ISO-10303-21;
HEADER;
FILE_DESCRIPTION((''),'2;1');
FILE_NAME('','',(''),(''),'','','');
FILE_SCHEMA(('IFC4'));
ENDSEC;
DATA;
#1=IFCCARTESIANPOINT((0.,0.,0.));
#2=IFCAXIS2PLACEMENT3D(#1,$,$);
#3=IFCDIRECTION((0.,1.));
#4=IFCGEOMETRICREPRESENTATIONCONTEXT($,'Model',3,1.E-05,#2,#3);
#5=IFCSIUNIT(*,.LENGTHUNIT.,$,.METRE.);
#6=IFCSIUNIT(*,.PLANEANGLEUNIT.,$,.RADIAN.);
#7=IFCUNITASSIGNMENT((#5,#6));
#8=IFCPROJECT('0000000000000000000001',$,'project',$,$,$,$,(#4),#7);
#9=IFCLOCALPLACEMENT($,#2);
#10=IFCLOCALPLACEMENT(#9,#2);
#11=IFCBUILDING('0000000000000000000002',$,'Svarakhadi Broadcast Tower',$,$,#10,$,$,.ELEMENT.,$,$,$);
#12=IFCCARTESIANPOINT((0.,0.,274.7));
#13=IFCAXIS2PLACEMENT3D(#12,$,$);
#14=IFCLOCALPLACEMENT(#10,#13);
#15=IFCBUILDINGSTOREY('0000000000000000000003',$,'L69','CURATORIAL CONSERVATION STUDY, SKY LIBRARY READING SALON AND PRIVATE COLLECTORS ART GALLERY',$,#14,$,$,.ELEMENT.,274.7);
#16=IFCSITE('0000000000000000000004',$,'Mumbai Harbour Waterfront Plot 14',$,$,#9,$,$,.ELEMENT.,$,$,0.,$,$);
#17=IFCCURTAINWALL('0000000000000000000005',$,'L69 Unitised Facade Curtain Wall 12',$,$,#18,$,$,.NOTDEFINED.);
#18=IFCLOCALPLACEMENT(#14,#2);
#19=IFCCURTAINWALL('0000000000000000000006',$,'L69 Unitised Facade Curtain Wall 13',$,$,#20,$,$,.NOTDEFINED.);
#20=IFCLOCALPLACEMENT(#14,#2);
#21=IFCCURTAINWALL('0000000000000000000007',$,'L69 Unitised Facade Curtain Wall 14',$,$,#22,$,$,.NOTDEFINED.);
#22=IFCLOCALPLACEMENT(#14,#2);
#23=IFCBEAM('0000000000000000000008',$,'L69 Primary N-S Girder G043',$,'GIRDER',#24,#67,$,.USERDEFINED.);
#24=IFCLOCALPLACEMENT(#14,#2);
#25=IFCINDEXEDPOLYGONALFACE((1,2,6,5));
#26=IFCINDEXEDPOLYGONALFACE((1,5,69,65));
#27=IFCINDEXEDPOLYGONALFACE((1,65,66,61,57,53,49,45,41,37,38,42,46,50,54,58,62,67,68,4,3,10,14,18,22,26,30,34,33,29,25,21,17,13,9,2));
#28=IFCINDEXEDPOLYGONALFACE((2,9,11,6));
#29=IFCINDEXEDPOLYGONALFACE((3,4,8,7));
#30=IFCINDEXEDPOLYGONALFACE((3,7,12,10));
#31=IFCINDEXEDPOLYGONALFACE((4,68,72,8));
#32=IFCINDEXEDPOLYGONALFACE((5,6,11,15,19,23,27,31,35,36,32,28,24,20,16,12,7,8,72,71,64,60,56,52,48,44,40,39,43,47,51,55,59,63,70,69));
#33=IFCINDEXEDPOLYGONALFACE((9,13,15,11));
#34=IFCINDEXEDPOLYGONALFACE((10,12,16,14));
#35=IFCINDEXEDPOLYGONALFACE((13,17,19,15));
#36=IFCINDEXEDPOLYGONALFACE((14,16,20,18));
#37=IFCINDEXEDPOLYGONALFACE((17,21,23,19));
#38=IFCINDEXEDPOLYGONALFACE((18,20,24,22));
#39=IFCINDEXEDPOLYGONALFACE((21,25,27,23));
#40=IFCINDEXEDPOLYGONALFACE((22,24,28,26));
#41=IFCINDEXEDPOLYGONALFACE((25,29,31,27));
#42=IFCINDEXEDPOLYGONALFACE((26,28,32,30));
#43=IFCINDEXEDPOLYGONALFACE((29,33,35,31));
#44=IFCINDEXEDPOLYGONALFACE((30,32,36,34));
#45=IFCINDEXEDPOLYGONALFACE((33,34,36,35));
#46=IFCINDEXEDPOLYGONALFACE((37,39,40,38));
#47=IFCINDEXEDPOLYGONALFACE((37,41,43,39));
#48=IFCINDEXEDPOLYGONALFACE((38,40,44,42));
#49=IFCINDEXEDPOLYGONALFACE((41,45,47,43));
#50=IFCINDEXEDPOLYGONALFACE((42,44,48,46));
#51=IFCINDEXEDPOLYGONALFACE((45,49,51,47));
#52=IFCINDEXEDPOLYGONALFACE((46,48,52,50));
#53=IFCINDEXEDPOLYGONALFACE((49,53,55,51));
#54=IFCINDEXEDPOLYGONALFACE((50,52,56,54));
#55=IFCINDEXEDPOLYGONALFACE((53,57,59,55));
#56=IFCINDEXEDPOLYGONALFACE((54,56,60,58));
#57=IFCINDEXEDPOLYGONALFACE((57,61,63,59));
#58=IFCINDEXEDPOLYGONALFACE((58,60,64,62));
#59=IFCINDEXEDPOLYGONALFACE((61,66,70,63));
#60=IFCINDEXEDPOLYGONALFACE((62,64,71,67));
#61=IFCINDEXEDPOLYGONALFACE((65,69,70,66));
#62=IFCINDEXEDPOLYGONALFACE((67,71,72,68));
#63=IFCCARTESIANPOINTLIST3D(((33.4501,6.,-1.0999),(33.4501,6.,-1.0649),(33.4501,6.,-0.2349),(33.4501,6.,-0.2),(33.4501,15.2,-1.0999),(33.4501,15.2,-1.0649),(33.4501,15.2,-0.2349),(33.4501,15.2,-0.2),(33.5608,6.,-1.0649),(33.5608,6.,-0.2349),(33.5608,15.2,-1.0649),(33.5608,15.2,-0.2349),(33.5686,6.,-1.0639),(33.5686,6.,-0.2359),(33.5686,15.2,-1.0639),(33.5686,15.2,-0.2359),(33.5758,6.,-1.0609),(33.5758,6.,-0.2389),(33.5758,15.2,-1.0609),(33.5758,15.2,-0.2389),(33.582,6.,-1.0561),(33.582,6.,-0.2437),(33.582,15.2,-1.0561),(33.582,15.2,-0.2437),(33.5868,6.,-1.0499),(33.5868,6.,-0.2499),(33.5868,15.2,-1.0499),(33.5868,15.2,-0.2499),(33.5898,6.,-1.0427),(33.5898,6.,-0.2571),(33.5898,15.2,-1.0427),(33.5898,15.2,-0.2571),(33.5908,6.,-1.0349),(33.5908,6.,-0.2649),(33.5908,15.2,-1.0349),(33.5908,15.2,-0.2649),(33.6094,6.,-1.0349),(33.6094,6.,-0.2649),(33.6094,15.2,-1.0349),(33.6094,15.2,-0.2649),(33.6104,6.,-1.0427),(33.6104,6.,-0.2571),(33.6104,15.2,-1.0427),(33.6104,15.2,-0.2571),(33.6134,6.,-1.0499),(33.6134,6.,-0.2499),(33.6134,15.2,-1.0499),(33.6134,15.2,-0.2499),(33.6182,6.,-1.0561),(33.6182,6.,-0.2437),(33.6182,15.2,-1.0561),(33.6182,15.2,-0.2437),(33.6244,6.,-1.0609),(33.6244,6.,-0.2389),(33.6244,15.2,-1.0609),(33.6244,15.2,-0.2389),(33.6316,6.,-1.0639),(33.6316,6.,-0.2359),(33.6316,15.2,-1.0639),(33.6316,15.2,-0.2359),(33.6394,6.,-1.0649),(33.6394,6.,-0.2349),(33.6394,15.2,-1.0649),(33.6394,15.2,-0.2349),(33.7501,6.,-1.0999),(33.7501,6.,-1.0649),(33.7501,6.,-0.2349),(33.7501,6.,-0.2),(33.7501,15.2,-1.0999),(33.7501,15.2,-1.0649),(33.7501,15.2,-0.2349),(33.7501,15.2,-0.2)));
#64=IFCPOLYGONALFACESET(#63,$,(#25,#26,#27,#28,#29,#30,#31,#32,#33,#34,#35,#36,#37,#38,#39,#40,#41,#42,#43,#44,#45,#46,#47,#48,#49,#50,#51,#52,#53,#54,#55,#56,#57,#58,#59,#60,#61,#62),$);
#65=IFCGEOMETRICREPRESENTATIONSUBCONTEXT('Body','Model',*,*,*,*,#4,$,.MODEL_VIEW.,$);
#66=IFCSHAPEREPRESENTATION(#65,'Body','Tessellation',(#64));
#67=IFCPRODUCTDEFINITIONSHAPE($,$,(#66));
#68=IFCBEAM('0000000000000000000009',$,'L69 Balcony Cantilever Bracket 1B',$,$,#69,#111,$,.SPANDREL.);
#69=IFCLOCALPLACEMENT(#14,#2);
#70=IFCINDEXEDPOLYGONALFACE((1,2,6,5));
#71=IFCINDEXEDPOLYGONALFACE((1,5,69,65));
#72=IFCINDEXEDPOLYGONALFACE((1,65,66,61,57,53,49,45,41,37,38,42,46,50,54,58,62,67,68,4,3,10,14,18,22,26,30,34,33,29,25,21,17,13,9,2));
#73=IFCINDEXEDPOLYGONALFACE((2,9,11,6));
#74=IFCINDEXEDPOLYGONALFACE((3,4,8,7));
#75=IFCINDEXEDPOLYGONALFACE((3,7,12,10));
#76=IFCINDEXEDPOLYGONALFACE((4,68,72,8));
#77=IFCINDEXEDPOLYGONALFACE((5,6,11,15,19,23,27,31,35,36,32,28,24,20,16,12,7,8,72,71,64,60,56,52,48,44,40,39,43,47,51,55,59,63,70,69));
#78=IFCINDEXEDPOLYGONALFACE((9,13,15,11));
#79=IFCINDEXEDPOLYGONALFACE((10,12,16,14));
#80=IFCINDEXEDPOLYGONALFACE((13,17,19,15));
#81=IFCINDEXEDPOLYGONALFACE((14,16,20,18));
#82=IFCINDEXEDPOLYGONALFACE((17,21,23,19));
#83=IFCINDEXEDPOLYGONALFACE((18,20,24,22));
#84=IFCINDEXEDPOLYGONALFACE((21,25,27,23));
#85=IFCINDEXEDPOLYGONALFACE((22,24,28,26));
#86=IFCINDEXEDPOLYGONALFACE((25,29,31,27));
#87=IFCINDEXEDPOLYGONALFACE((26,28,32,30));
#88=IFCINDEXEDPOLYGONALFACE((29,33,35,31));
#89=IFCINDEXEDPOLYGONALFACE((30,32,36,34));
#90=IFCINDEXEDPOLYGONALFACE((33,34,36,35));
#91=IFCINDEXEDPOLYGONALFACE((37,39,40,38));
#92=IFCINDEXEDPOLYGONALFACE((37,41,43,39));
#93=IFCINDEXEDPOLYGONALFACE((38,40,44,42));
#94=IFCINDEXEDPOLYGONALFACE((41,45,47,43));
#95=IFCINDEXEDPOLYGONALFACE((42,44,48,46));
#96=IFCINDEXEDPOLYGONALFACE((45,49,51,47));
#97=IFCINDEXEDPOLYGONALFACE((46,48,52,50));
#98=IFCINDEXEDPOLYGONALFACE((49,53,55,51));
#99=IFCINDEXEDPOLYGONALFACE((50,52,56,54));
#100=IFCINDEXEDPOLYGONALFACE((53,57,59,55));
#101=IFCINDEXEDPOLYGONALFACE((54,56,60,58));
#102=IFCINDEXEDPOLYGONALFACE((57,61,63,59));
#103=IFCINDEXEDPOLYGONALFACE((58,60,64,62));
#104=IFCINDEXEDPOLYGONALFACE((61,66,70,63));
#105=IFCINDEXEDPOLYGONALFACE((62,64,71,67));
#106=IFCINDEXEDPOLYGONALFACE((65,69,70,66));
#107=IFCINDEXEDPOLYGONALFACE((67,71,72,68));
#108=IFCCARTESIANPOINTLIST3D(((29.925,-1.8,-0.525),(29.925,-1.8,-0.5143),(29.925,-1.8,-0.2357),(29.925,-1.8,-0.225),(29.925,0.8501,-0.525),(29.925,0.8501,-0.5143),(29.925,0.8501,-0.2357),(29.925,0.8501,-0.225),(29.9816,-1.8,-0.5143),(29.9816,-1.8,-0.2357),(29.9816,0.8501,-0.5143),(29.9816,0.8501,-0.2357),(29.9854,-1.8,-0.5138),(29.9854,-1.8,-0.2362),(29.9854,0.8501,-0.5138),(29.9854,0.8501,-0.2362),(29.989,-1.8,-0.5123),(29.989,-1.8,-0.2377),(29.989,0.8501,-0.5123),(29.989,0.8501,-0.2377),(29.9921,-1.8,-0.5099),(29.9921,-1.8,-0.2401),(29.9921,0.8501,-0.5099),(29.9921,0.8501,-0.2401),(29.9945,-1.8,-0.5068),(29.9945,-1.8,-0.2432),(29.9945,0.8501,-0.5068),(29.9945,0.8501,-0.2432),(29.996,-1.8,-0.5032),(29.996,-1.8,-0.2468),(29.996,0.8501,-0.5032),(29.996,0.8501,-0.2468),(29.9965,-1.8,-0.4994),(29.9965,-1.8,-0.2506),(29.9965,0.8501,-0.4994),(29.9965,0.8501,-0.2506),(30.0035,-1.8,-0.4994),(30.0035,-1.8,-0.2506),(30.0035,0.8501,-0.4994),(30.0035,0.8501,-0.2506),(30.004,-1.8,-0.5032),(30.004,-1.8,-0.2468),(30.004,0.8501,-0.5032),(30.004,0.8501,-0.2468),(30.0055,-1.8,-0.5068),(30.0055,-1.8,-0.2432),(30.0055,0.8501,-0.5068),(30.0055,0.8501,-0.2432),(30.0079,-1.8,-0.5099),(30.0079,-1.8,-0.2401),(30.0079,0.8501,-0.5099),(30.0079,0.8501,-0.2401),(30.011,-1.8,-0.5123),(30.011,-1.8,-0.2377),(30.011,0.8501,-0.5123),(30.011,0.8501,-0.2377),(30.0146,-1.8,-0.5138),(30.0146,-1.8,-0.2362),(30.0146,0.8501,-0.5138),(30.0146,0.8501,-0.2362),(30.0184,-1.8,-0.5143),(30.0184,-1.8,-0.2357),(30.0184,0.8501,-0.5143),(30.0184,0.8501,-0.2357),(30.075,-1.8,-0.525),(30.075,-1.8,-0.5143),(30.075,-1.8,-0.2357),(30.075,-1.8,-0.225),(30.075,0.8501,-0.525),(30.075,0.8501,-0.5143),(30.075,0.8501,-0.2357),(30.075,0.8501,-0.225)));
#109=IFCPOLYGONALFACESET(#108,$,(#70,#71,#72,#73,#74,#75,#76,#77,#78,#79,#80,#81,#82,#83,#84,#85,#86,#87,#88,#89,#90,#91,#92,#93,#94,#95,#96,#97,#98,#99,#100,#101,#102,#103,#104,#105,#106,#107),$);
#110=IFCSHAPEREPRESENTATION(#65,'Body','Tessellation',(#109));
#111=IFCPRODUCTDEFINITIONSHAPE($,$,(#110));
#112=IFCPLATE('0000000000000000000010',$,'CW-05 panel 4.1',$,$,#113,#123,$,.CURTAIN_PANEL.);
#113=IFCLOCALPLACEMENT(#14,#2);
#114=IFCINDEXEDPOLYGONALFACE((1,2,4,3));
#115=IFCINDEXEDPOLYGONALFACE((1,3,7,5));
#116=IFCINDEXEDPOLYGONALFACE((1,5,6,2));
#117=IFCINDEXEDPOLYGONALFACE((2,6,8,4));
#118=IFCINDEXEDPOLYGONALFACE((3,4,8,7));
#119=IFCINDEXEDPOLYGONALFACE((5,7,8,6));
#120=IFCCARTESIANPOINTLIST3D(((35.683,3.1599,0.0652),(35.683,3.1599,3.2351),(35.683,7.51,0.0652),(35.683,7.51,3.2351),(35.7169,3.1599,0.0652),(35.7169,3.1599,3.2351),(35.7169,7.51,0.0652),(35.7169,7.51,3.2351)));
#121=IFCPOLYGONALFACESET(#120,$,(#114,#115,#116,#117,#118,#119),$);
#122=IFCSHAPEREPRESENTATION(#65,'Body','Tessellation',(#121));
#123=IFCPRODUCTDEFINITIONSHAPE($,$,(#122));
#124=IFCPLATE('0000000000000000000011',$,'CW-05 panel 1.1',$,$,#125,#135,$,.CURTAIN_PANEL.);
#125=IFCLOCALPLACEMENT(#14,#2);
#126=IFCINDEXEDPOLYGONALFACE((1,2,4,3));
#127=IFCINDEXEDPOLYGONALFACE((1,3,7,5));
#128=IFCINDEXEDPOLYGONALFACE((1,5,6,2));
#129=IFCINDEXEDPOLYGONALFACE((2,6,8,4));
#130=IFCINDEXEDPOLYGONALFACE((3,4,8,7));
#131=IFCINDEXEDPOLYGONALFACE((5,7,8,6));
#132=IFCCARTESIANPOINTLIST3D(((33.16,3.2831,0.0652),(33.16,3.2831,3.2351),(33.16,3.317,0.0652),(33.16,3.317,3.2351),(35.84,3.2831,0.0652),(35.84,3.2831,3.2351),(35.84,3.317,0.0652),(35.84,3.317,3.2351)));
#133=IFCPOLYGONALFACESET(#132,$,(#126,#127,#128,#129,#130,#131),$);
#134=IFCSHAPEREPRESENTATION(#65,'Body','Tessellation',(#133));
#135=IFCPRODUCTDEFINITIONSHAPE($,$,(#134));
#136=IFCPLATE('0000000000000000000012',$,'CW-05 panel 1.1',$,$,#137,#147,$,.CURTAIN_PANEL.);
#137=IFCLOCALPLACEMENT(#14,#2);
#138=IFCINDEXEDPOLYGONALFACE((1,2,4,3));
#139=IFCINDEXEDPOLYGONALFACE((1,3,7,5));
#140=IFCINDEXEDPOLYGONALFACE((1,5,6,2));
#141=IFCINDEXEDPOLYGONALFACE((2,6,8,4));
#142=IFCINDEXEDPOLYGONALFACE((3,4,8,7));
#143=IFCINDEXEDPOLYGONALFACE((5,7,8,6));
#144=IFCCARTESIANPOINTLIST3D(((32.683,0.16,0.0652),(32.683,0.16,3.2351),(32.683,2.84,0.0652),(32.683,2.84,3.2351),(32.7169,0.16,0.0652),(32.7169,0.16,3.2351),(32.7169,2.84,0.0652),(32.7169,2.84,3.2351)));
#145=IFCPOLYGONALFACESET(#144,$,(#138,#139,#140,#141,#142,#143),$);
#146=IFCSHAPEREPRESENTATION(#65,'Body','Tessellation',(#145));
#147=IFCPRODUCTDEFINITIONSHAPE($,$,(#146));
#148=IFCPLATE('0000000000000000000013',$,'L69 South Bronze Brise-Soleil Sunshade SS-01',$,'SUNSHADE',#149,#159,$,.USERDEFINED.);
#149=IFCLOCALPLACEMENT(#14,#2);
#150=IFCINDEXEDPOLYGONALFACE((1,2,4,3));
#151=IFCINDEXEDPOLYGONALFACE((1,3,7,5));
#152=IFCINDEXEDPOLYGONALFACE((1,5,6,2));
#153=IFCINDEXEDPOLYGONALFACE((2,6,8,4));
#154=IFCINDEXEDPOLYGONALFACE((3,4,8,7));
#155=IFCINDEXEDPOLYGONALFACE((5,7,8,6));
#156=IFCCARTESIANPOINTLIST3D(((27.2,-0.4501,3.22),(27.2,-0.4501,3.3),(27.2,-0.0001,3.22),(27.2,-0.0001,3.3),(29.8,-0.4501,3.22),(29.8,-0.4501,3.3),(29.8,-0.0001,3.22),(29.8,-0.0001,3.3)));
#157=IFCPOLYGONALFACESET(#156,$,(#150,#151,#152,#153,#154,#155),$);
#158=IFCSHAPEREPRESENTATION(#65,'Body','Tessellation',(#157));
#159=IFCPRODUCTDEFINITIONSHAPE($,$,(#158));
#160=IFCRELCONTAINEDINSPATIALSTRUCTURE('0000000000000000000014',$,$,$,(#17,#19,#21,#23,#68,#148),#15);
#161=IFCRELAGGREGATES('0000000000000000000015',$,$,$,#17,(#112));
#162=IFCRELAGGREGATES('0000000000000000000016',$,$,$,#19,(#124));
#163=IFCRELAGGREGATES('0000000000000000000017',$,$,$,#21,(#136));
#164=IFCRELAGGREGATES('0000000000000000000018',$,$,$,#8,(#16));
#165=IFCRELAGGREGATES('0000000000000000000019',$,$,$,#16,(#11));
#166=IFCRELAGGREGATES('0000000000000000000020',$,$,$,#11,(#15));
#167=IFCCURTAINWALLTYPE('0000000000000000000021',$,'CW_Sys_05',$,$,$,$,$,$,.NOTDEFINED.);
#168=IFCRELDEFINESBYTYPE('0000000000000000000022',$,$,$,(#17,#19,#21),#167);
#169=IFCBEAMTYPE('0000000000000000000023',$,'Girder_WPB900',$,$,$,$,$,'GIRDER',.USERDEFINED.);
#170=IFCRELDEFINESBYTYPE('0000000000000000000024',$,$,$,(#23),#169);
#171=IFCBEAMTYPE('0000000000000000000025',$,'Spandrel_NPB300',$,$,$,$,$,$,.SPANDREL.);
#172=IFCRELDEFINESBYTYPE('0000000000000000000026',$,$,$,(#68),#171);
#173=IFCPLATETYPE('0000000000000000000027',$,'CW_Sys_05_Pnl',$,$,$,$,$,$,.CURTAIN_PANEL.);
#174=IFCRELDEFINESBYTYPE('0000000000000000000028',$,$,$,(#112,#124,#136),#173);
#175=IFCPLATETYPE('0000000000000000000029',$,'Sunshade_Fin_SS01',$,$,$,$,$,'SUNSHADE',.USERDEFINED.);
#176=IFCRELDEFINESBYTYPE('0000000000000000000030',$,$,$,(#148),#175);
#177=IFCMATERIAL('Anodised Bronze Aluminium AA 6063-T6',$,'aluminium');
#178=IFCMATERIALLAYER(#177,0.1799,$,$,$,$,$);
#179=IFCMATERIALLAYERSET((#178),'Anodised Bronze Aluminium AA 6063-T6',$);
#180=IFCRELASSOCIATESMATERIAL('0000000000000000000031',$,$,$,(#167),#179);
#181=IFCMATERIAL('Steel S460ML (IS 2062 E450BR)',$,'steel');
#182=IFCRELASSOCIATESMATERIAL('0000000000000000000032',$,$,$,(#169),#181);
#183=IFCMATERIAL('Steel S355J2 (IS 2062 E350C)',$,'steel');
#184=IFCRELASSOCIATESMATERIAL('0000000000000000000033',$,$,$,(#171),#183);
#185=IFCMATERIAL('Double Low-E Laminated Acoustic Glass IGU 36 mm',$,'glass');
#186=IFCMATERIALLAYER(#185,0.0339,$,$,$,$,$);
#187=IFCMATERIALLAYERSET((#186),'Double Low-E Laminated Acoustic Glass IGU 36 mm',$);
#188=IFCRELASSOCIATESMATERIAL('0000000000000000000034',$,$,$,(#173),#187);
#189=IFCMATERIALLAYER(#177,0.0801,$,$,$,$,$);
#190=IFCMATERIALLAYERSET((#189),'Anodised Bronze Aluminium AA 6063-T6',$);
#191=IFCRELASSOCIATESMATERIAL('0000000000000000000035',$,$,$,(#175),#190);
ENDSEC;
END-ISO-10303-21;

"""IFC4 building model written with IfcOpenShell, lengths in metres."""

from ifc_helpers import new_model, si_unit, direction, frame, origin, origin_2d, place, context, subcontext, project, spatial, rectangle, i_section, extrude, material, layer, layer_set, material_profile, profile_set, type_object, element, aggregate, save


model = new_model("IFC4")

# Units and contexts
model_context = context("Model", 3, precision=1e-05, world=origin(), true_north=direction((0.0, 1.0)))
body_context = subcontext(model_context, "Body", "Model", "MODEL_VIEW")
ifc_project = project(units=[si_unit("LENGTHUNIT", "METRE"), si_unit("PLANEANGLEUNIT", "RADIAN")], contexts=[model_context])

# Site, building, storey
site_placement = place(None, origin())
site = spatial("IfcSite", under=ifc_project, at=site_placement, Name="Mumbai Harbour Waterfront Plot 14", CompositionType="ELEMENT", RefElevation=0.0)
building_placement = place(site_placement, origin())
building = spatial("IfcBuilding", under=site, at=building_placement, Name="Svarakhadi Broadcast Tower", CompositionType="ELEMENT")
storey_placement = place(building_placement, frame((0.0, 0.0, 274.7)))
storey = spatial("IfcBuildingStorey", under=building, at=storey_placement, Name="L69", Description="CURATORIAL CONSERVATION STUDY, SKY LIBRARY READING SALON AND PRIVATE COLLECTORS ART GALLERY", CompositionType="ELEMENT", Elevation=274.7)

# Shared definitions
ifc_material_1 = material(Name="Steel S460ML (IS 2062 E450BR)", Category="steel")

# Curtain wall
ifc_material_2 = material(Name="Anodised Bronze Aluminium AA 6063-T6", Category="aluminium")
ifc_layer_1 = layer(ifc_material_2, 0.1799)
ifc_layer_set_1 = layer_set([ifc_layer_1], Name="Anodised Bronze Aluminium AA 6063-T6")
curtain_wall_type = type_object("IfcCurtainWallType", Name="CW_Sys_05", PredefinedType="NOTDEFINED", material=ifc_layer_set_1)
curtain_wall_1_placement = place(storey_placement, origin())
curtain_wall_1 = element("IfcCurtainWall", 1, at=curtain_wall_1_placement, inside=storey, type_object=curtain_wall_type, Name="L69 Unitised Facade Curtain Wall 12", PredefinedType="NOTDEFINED")

# Curtain walls
curtain_wall_2_placement = place(storey_placement, origin())
curtain_wall_2 = element("IfcCurtainWall", 2, at=curtain_wall_2_placement, inside=storey, type_object=curtain_wall_type, Name="L69 Unitised Facade Curtain Wall 13", PredefinedType="NOTDEFINED")
curtain_wall_3_placement = place(storey_placement, origin())
curtain_wall_3 = element("IfcCurtainWall", 3, at=curtain_wall_3_placement, inside=storey, type_object=curtain_wall_type, Name="L69 Unitised Facade Curtain Wall 14", PredefinedType="NOTDEFINED")

# Beams
ifc_material_3 = material(Name="Steel S355J2 (IS 2062 E350C)", Category="steel")
ifc_material_profile_1 = material_profile(ifc_material_1, i_section(OverallWidth=0.3, OverallDepth=0.8999, WebThickness=0.0186, FlangeThickness=0.0349, FilletRadius=0.03, at=origin_2d()), Name="WPB 900x300x291")
ifc_profile_set_1 = profile_set([ifc_material_profile_1], Name="Steel S460ML (IS 2062 E450BR)")
beam_type_1 = type_object("IfcBeamType", Name="Girder_WPB900", ElementType="GIRDER", PredefinedType="USERDEFINED", material=ifc_profile_set_1)
beam_1_placement = place(storey_placement, frame((33.6001, 6.0, -0.6499), z_axis=(0.0, 1.0, 0.0), x_axis=(-1.0, 0.0, 0.0)))
element("IfcBeam", 4, at=beam_1_placement, inside=storey, type_object=beam_type_1, Name="L69 Primary N-S Girder G043", ObjectType="GIRDER", PredefinedType="USERDEFINED", context=body_context, shape_type="SweptSolid", body=[
    extrude(i_section(OverallWidth=0.3, OverallDepth=0.8999, WebThickness=0.0186, FlangeThickness=0.0349, FilletRadius=0.03, at=origin_2d()), origin(), (0.0, 0.0, 1.0), 9.2),
])
ifc_material_profile_2 = material_profile(ifc_material_3, i_section(OverallWidth=0.1499, OverallDepth=0.3, WebThickness=0.0071, FlangeThickness=0.0107, FilletRadius=0.0149, at=origin_2d()), Name="NPB 300x150x37")
ifc_profile_set_2 = profile_set([ifc_material_profile_2], Name="Steel S355J2 (IS 2062 E350C)")
beam_type_2 = type_object("IfcBeamType", Name="Spandrel_NPB300", PredefinedType="SPANDREL", material=ifc_profile_set_2)
beam_2_placement = place(storey_placement, frame((30.0, 0.8501, -0.375), z_axis=(0.0, -1.0, 0.0), x_axis=(1.0, 0.0, 0.0)))
element("IfcBeam", 5, at=beam_2_placement, inside=storey, type_object=beam_type_2, Name="L69 Balcony Cantilever Bracket 1B", PredefinedType="SPANDREL", context=body_context, shape_type="SweptSolid", body=[
    extrude(i_section(OverallWidth=0.1499, OverallDepth=0.3, WebThickness=0.0071, FlangeThickness=0.0107, FilletRadius=0.0149, at=origin_2d()), origin(), (0.0, 0.0, 1.0), 2.6501),
])

# Plates
ifc_material_4 = material(Name="Double Low-E Laminated Acoustic Glass IGU 36 mm", Category="glass")
ifc_layer_2 = layer(ifc_material_4, 0.0339)
ifc_layer_set_2 = layer_set([ifc_layer_2], Name="Double Low-E Laminated Acoustic Glass IGU 36 mm")
plate_type_1 = type_object("IfcPlateType", Name="CW_Sys_05_Pnl", PredefinedType="CURTAIN_PANEL", material=ifc_layer_set_2)
plate_1_placement = place(storey_placement, frame((35.7, 5.335, 0.0652), z_axis=(0.0, 0.0, 1.0), x_axis=(0.0, -1.0, 0.0)))
plate_1 = element("IfcPlate", 6, at=plate_1_placement, type_object=plate_type_1, Name="CW-05 panel 4.1", PredefinedType="CURTAIN_PANEL", context=body_context, shape_type="SweptSolid", body=[
    extrude(rectangle(XDim=4.3501, YDim=0.0339, at=origin_2d()), origin(), (0.0, 0.0, 1.0), 3.1699),
])
aggregate(curtain_wall_1, [plate_1])
plate_2_placement = place(storey_placement, frame((34.5, 3.3, 0.0652), z_axis=(0.0, 0.0, 1.0), x_axis=(-1.0, 0.0, 0.0)))
plate_2 = element("IfcPlate", 7, at=plate_2_placement, type_object=plate_type_1, Name="CW-05 panel 1.1", PredefinedType="CURTAIN_PANEL", context=body_context, shape_type="SweptSolid", body=[
    extrude(rectangle(XDim=2.6799, YDim=0.0339, at=origin_2d()), origin(), (0.0, 0.0, 1.0), 3.1699),
])
aggregate(curtain_wall_2, [plate_2])
plate_3_placement = place(storey_placement, frame((32.7, 1.5, 0.0652), z_axis=(0.0, 0.0, 1.0), x_axis=(0.0, -1.0, 0.0)))
plate_3 = element("IfcPlate", 8, at=plate_3_placement, type_object=plate_type_1, Name="CW-05 panel 1.1", PredefinedType="CURTAIN_PANEL", context=body_context, shape_type="SweptSolid", body=[
    extrude(rectangle(XDim=2.6799, YDim=0.0339, at=origin_2d()), origin(), (0.0, 0.0, 1.0), 3.1699),
])
aggregate(curtain_wall_3, [plate_3])
ifc_layer_3 = layer(ifc_material_2, 0.0801)
ifc_layer_set_3 = layer_set([ifc_layer_3], Name="Anodised Bronze Aluminium AA 6063-T6")
plate_type_2 = type_object("IfcPlateType", Name="Sunshade_Fin_SS01", ElementType="SUNSHADE", PredefinedType="USERDEFINED", material=ifc_layer_set_3)
plate_4_placement = place(storey_placement, frame((28.5, -0.2251, 3.22), z_axis=(0.0, 0.0, 1.0), x_axis=(1.0, 0.0, 0.0)))
element("IfcPlate", 9, at=plate_4_placement, inside=storey, type_object=plate_type_2, Name="L69 South Bronze Brise-Soleil Sunshade SS-01", ObjectType="SUNSHADE", PredefinedType="USERDEFINED", context=body_context, shape_type="SweptSolid", body=[
    extrude(rectangle(XDim=2.6001, YDim=0.45, at=origin_2d()), origin(), (0.0, 0.0, 1.0), 0.0801),
])

save(model, "model.ifc")
